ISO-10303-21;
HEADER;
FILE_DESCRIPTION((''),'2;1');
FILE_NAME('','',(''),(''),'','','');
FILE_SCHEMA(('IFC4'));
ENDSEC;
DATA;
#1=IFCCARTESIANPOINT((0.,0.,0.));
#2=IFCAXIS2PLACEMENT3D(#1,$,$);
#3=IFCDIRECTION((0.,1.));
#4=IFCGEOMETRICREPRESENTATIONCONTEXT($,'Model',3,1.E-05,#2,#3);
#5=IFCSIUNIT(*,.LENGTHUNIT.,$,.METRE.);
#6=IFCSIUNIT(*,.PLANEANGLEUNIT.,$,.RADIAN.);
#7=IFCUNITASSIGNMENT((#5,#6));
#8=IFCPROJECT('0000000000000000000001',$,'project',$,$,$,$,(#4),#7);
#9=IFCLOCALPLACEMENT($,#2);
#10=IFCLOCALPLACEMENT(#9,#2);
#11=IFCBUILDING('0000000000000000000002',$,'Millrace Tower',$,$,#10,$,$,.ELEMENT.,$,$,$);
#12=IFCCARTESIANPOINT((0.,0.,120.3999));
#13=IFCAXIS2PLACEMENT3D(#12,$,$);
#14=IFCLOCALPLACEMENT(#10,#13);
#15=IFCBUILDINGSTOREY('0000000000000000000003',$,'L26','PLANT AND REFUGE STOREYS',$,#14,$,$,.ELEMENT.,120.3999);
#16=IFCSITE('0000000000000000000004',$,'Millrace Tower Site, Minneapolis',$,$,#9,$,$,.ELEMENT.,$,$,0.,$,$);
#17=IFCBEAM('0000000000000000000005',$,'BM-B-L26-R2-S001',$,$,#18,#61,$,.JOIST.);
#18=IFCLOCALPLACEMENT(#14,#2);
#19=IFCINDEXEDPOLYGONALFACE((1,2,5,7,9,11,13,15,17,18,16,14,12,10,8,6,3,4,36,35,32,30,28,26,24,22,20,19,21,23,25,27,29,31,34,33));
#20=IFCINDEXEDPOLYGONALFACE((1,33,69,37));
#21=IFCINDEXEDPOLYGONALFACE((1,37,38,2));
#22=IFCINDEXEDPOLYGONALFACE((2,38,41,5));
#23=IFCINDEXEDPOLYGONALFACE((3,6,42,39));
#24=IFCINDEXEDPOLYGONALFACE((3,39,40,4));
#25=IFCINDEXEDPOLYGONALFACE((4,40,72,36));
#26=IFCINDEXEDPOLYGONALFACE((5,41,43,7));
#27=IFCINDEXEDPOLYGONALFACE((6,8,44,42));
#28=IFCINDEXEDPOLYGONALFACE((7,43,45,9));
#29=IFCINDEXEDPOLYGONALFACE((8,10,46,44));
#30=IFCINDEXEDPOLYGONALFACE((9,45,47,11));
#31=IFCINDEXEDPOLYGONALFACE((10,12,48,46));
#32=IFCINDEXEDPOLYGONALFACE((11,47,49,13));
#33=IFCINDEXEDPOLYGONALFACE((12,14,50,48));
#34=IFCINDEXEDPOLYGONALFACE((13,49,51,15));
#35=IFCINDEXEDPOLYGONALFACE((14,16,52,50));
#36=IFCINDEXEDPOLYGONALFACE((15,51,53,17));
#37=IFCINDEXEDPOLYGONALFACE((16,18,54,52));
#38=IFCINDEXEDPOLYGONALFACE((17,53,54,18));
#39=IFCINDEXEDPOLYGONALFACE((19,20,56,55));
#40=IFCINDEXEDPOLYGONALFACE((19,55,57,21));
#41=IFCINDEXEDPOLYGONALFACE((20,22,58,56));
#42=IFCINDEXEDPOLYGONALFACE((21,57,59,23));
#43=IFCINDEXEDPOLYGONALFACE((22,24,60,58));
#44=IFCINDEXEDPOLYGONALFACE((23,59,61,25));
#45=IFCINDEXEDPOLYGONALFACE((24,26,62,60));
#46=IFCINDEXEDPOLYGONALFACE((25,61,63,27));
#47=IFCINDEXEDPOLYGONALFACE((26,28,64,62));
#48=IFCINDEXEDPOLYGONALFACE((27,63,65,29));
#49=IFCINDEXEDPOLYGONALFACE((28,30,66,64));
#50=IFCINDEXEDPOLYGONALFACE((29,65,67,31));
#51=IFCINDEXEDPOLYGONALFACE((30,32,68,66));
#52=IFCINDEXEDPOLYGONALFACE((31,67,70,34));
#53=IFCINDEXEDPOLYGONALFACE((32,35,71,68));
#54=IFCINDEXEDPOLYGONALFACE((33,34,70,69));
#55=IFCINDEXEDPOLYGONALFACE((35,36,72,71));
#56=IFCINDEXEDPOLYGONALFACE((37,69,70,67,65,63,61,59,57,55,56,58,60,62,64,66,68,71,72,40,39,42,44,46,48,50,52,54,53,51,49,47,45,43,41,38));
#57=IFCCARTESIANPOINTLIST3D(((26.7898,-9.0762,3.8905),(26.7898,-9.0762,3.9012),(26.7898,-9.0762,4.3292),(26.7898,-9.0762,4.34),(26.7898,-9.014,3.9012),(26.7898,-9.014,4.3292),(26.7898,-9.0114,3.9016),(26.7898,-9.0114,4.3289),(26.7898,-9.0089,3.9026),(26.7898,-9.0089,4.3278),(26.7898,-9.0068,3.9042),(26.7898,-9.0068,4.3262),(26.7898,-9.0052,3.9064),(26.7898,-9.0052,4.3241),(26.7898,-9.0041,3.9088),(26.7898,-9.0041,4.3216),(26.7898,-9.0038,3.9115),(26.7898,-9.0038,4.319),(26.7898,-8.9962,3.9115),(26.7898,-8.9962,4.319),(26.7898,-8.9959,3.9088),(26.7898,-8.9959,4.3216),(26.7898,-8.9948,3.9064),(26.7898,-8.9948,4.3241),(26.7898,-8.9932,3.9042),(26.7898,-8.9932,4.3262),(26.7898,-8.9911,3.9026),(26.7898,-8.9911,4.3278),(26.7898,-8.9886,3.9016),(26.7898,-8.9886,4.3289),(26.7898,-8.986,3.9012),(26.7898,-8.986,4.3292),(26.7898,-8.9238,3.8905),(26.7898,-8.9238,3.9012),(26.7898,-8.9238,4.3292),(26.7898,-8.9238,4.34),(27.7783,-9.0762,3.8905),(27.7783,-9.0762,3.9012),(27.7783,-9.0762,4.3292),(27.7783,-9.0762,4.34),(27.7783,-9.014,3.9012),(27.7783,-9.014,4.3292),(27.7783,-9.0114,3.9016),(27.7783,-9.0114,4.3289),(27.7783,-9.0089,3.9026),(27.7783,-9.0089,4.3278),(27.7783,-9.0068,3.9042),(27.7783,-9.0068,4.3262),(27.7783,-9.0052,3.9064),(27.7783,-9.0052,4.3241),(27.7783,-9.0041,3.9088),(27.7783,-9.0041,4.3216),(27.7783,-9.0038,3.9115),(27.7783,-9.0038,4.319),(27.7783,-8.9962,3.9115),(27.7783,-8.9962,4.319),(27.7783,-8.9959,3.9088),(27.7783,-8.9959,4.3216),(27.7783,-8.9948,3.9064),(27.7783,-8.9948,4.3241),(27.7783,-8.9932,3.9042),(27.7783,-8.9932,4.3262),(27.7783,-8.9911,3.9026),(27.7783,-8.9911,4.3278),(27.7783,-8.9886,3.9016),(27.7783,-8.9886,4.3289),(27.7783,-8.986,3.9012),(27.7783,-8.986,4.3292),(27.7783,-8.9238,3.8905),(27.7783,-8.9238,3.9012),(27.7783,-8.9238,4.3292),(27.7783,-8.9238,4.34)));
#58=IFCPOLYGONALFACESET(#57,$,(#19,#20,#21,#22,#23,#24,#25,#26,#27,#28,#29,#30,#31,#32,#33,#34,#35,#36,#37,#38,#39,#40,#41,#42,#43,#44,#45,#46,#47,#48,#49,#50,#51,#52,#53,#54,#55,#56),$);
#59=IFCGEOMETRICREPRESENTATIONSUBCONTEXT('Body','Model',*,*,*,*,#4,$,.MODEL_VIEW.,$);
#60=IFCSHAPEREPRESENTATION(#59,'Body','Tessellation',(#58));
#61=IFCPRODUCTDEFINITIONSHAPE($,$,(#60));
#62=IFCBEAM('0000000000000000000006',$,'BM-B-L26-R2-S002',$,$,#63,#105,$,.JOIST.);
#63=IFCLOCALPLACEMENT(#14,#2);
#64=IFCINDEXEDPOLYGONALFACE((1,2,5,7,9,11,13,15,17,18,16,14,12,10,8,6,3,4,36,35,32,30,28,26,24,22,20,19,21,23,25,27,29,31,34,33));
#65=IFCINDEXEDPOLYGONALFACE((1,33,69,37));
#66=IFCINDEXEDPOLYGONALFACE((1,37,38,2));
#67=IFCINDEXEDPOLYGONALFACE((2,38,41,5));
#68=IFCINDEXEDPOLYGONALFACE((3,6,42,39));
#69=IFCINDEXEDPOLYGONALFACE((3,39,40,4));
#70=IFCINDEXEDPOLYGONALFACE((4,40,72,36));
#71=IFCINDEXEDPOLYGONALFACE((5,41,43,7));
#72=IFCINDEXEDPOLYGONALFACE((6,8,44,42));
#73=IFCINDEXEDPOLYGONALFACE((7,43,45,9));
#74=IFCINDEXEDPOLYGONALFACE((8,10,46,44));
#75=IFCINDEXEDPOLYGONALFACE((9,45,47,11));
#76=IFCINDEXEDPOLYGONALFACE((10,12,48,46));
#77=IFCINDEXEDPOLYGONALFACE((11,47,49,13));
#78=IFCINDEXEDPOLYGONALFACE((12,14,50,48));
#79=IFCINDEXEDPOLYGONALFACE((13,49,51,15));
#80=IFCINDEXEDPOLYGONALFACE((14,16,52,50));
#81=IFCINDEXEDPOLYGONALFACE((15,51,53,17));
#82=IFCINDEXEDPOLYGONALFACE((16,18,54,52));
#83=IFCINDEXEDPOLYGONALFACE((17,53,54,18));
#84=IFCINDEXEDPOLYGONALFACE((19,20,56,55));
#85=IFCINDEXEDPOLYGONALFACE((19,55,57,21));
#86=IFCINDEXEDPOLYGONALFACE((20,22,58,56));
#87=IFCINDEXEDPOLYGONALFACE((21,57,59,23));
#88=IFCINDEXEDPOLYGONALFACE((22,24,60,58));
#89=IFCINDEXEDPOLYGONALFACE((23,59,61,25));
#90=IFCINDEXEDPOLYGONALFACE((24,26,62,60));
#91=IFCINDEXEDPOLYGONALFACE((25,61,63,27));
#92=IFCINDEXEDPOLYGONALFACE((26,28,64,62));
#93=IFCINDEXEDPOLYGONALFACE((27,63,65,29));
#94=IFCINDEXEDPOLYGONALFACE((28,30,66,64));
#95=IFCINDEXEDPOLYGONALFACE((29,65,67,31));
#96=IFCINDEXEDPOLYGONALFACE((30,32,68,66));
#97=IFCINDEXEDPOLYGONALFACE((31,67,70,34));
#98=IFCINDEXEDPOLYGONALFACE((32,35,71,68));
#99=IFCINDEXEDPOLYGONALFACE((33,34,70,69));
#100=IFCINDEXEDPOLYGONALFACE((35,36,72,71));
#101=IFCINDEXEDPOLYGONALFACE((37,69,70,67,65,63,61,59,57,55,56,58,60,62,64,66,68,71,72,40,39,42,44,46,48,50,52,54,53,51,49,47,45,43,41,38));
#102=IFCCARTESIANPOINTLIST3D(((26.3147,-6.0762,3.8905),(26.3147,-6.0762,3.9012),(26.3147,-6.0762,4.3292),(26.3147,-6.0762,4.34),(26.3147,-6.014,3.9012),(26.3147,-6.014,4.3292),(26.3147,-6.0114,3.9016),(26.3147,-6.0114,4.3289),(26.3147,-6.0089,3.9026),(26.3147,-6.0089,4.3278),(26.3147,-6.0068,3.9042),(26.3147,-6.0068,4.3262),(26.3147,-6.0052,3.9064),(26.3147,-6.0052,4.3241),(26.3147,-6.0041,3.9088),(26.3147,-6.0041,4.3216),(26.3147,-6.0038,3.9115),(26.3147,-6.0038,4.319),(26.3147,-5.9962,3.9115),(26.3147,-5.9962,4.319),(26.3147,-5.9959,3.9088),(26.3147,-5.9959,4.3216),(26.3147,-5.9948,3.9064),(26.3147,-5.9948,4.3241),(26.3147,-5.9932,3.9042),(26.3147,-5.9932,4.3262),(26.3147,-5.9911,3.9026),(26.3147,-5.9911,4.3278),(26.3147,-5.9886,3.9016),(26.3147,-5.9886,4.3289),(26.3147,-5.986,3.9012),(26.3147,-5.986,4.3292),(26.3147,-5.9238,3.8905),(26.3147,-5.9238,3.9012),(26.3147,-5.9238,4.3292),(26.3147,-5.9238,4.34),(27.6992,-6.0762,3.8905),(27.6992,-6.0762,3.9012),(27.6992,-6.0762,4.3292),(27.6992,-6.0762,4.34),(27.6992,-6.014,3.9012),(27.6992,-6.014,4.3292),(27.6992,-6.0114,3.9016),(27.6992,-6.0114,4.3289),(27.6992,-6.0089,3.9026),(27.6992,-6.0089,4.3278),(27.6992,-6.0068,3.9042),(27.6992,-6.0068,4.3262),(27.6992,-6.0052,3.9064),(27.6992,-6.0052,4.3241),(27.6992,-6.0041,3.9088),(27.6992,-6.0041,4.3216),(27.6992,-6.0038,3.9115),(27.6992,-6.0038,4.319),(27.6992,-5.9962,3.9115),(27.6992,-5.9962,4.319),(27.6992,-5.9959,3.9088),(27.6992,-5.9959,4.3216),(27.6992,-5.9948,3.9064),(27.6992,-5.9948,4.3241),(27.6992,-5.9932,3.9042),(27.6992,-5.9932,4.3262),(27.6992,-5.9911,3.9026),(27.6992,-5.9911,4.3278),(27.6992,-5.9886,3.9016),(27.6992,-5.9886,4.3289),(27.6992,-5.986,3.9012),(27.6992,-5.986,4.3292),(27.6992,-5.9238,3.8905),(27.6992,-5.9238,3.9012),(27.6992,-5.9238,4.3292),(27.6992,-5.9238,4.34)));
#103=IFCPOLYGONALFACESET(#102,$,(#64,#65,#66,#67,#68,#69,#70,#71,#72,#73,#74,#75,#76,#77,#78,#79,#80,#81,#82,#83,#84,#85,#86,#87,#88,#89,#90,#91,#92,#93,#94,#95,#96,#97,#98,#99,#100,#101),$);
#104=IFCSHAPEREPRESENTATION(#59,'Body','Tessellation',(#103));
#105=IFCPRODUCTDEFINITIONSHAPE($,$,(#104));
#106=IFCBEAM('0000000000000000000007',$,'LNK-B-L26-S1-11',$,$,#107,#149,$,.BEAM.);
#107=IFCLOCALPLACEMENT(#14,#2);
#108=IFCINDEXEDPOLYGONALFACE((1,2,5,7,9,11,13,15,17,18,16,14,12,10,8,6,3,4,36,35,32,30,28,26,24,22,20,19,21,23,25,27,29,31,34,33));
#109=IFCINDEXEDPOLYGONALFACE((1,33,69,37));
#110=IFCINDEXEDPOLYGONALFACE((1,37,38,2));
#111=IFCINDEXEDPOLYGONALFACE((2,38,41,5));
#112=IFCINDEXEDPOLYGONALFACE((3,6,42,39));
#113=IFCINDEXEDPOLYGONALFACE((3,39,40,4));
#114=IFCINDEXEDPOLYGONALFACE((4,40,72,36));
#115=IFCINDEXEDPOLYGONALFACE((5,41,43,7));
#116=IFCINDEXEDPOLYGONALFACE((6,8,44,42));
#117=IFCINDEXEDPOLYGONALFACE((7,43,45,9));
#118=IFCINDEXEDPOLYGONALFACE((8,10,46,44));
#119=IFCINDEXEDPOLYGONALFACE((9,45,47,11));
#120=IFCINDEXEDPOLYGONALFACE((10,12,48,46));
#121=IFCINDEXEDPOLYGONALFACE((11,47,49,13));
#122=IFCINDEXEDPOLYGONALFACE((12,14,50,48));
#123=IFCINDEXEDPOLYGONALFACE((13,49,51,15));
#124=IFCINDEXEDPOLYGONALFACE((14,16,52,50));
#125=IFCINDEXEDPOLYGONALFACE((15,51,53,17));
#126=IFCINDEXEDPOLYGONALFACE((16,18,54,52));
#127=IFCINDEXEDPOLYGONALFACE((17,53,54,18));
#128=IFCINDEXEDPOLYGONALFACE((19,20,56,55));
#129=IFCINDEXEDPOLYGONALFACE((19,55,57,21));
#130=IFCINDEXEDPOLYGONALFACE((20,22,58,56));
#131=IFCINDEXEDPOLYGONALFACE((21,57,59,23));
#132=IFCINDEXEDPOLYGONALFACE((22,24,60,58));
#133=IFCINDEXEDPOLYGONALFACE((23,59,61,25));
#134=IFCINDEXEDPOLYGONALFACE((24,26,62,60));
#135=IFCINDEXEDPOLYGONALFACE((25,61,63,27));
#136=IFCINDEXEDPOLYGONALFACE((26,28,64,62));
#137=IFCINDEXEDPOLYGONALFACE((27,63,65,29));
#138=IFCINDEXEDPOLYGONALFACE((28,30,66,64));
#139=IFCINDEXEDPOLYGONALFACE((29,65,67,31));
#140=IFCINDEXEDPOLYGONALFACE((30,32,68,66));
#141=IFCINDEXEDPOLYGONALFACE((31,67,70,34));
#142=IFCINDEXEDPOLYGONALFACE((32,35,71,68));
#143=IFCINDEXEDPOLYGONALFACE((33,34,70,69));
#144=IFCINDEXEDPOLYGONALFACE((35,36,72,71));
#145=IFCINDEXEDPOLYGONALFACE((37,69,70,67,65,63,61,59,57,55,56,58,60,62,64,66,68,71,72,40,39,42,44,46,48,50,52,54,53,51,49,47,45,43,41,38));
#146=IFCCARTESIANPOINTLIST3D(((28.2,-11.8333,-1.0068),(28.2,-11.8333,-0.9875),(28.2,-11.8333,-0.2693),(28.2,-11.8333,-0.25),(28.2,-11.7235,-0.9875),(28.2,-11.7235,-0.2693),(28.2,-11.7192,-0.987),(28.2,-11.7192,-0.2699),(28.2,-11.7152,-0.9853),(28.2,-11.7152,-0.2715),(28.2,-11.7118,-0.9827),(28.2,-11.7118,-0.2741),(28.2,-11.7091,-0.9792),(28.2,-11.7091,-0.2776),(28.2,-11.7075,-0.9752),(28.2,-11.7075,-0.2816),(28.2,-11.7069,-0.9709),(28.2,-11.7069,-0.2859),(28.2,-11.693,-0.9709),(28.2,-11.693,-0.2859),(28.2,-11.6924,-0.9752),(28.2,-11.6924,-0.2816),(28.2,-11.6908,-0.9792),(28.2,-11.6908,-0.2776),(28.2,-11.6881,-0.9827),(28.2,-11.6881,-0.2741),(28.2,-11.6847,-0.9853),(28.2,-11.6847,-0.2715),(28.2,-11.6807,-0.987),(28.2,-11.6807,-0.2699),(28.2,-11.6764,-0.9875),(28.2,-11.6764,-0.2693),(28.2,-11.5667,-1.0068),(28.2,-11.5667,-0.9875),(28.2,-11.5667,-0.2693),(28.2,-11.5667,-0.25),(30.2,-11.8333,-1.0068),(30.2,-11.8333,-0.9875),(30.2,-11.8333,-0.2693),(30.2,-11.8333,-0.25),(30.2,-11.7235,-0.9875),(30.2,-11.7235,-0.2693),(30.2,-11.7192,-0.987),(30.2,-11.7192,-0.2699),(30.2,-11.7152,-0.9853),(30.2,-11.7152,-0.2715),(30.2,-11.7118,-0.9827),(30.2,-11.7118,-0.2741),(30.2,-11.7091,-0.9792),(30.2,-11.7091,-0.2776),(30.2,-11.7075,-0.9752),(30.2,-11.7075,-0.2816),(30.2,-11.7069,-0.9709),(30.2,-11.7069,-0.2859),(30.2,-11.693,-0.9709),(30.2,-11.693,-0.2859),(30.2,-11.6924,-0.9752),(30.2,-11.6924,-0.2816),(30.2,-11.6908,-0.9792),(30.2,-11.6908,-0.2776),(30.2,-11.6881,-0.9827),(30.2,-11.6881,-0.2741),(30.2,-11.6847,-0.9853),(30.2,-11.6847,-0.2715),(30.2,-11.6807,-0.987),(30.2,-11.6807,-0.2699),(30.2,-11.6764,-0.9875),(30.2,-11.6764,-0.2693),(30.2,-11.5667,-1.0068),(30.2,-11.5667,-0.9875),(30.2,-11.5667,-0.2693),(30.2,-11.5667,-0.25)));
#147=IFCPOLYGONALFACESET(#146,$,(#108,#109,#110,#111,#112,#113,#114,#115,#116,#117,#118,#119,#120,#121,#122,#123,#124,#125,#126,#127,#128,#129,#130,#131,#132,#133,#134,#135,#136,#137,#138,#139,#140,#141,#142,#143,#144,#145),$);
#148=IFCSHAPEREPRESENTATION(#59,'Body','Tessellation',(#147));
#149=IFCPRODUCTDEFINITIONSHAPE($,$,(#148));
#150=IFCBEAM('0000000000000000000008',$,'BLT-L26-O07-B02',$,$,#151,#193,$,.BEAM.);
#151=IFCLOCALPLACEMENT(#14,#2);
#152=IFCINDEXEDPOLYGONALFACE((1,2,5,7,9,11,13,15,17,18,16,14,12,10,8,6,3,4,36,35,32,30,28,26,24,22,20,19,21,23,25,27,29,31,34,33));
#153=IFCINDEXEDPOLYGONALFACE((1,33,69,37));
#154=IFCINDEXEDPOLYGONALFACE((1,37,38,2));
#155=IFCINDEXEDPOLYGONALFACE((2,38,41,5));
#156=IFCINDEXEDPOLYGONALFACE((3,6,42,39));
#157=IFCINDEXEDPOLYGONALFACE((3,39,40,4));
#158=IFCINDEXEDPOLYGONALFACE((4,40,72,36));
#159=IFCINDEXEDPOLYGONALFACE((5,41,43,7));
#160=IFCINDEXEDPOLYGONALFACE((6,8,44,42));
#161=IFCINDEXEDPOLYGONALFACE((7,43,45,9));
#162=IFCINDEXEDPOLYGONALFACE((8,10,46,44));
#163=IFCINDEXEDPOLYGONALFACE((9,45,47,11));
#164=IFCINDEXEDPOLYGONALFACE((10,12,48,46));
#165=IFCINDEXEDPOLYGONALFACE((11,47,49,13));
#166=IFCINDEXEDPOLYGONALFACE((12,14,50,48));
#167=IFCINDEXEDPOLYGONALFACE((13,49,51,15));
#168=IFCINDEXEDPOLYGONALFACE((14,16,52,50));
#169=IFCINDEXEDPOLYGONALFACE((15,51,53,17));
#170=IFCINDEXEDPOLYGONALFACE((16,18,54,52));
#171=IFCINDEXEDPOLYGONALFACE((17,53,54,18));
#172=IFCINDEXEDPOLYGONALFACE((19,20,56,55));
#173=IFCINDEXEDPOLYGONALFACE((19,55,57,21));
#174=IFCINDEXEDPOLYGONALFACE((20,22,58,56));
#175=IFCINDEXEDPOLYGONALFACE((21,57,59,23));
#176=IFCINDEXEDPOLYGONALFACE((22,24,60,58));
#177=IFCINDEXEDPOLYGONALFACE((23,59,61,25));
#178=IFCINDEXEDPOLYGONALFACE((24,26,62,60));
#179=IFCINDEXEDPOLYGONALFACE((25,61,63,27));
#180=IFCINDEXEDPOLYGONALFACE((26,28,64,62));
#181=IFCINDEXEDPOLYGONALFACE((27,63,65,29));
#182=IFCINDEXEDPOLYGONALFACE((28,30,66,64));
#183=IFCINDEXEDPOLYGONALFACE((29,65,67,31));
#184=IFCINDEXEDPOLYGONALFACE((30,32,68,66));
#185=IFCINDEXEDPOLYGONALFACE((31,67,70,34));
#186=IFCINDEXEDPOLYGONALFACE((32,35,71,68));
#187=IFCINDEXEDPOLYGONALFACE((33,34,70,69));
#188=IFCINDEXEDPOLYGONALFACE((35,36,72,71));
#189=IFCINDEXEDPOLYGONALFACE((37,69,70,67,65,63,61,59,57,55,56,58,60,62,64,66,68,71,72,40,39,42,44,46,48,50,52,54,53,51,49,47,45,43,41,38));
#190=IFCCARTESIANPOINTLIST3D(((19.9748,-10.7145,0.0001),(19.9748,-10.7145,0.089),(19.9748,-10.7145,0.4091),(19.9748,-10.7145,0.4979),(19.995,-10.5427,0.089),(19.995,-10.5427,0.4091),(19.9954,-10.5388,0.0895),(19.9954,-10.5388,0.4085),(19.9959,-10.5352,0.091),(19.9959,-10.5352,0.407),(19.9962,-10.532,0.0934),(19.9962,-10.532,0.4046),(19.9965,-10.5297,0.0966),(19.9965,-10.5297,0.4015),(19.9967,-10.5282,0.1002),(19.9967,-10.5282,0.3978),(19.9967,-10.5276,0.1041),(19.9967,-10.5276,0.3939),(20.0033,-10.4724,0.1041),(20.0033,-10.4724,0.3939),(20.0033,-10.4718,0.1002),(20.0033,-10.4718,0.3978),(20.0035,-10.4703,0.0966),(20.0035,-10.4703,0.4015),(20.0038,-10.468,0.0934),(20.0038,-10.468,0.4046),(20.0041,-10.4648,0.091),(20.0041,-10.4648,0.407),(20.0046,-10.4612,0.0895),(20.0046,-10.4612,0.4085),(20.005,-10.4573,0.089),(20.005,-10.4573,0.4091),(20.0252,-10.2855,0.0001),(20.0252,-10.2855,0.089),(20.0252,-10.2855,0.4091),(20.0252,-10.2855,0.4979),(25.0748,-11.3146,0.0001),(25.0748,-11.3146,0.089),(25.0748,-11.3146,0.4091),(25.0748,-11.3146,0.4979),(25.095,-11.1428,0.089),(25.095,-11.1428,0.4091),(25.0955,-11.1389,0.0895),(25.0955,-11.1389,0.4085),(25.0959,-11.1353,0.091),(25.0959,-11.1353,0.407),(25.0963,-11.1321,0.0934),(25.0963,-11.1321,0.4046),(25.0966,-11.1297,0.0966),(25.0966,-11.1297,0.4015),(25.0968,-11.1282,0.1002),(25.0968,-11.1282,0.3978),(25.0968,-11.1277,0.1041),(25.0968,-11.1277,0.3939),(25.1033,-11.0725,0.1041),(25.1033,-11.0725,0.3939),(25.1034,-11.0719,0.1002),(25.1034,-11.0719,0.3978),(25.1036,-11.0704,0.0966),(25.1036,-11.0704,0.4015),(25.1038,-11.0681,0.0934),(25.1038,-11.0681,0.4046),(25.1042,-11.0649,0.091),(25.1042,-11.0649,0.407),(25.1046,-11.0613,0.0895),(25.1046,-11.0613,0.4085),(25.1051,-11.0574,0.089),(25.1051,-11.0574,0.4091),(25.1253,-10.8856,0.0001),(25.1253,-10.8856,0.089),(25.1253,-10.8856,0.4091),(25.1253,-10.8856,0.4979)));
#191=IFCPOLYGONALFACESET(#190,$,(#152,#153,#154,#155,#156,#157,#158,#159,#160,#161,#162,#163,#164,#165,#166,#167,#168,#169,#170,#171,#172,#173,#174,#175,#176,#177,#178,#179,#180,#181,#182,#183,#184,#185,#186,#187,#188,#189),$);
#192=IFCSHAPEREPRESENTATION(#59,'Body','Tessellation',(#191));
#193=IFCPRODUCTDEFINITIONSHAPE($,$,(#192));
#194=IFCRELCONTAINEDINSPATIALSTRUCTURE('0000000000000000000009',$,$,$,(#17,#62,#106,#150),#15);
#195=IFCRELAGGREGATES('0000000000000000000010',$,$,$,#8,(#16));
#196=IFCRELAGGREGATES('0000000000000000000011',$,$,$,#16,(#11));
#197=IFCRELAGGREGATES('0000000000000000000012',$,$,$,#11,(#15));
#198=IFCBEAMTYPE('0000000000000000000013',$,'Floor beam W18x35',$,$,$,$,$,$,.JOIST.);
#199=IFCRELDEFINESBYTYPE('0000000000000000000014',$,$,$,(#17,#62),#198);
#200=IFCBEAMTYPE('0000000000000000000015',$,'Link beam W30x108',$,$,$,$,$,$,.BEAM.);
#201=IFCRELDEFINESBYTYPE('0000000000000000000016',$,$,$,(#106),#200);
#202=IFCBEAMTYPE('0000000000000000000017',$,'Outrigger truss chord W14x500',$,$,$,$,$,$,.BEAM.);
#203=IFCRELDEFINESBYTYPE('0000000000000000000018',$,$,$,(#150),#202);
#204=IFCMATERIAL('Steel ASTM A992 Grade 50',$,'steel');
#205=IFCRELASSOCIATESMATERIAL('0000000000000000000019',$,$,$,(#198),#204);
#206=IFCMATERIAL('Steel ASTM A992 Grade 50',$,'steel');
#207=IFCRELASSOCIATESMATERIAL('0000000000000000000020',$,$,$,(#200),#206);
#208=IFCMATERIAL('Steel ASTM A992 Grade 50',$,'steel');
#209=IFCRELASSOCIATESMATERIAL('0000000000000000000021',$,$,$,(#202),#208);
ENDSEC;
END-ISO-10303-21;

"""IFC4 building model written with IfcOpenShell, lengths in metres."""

from ifc_helpers import new_model, si_unit, direction, frame, origin, origin_2d, place, context, subcontext, project, spatial, i_section, extrude, material, material_profile, profile_set, type_object, element, save


model = new_model("IFC4")

# Units and contexts
model_context = context("Model", 3, precision=1e-05, world=origin(), true_north=direction((0.0, 1.0)))
body_context = subcontext(model_context, "Body", "Model", "MODEL_VIEW")
ifc_project = project(units=[si_unit("LENGTHUNIT", "METRE"), si_unit("PLANEANGLEUNIT", "RADIAN")], contexts=[model_context])

# Site, building, storey
site_placement = place(None, origin())
site = spatial("IfcSite", under=ifc_project, at=site_placement, Name="Millrace Tower Site, Minneapolis", CompositionType="ELEMENT", RefElevation=0.0)
building_placement = place(site_placement, origin())
building = spatial("IfcBuilding", under=site, at=building_placement, Name="Millrace Tower", CompositionType="ELEMENT")
storey_placement = place(building_placement, frame((0.0, 0.0, 120.3999)))
storey = spatial("IfcBuildingStorey", under=building, at=storey_placement, Name="L26", Description="PLANT AND REFUGE STOREYS", CompositionType="ELEMENT", Elevation=120.3999)

# Beams
ifc_material_1 = material(Name="Steel ASTM A992 Grade 50", Category="steel")
ifc_material_profile_1 = material_profile(ifc_material_1, i_section(OverallWidth=0.1523, OverallDepth=0.4495, WebThickness=0.0076, FlangeThickness=0.0107, FilletRadius=0.0103, at=origin_2d()))
ifc_profile_set_1 = profile_set([ifc_material_profile_1], Name="Steel ASTM A992 Grade 50")
beam_type_1 = type_object("IfcBeamType", Name="Floor beam W18x35", PredefinedType="JOIST", material=ifc_profile_set_1)
beam_1_placement = place(storey_placement, frame((26.7898, -9.0, 4.1152), z_axis=(1.0, 0.0, 0.0), x_axis=(0.0, 1.0, 0.0)))
element("IfcBeam", 1, at=beam_1_placement, inside=storey, type_object=beam_type_1, Name="BM-B-L26-R2-S001", PredefinedType="JOIST", context=body_context, shape_type="SweptSolid", body=[
    extrude(i_section(OverallWidth=0.1523, OverallDepth=0.4495, WebThickness=0.0076, FlangeThickness=0.0107, FilletRadius=0.0103, at=origin_2d()), origin(), (0.0, 0.0, 1.0), 0.9885),
])
beam_2_placement = place(storey_placement, frame((26.3147, -6.0, 4.1152), z_axis=(1.0, 0.0, 0.0), x_axis=(0.0, 1.0, 0.0)))
element("IfcBeam", 2, at=beam_2_placement, inside=storey, type_object=beam_type_1, Name="BM-B-L26-R2-S002", PredefinedType="JOIST", context=body_context, shape_type="SweptSolid", body=[
    extrude(i_section(OverallWidth=0.1523, OverallDepth=0.4495, WebThickness=0.0076, FlangeThickness=0.0107, FilletRadius=0.0103, at=origin_2d()), origin(), (0.0, 0.0, 1.0), 1.3845),
])
ifc_material_2 = material(Name="Steel ASTM A992 Grade 50", Category="steel")
ifc_material_profile_2 = material_profile(ifc_material_2, i_section(OverallWidth=0.2666, OverallDepth=0.7568, WebThickness=0.0139, FlangeThickness=0.0193, FilletRadius=0.0166, at=origin_2d()))
ifc_profile_set_2 = profile_set([ifc_material_profile_2], Name="Steel ASTM A992 Grade 50")
beam_type_2 = type_object("IfcBeamType", Name="Link beam W30x108", PredefinedType="BEAM", material=ifc_profile_set_2)
beam_3_placement = place(storey_placement, frame((28.2, -11.7, -0.6284), z_axis=(1.0, 0.0, 0.0), x_axis=(0.0, 1.0, 0.0)))
element("IfcBeam", 3, at=beam_3_placement, inside=storey, type_object=beam_type_2, Name="LNK-B-L26-S1-11", PredefinedType="BEAM", context=body_context, shape_type="SweptSolid", body=[
    extrude(i_section(OverallWidth=0.2666, OverallDepth=0.7568, WebThickness=0.0139, FlangeThickness=0.0193, FilletRadius=0.0166, at=origin_2d()), origin(), (0.0, 0.0, 1.0), 2.0),
])
ifc_material_3 = material(Name="Steel ASTM A992 Grade 50", Category="steel")
ifc_material_profile_3 = material_profile(ifc_material_3, i_section(OverallWidth=0.4319, OverallDepth=0.4978, WebThickness=0.0557, FlangeThickness=0.0889, FilletRadius=0.0151, at=origin_2d()))
ifc_profile_set_3 = profile_set([ifc_material_profile_3], Name="Steel ASTM A992 Grade 50")
beam_type_3 = type_object("IfcBeamType", Name="Outrigger truss chord W14x500", PredefinedType="BEAM", material=ifc_profile_set_3)
for number, where, z_axis, x_axis, name in (
    (4, (20.0, -10.5, 0.249), (0.993149, -0.116858, 0.0), (0.116858, 0.993149, 0.0), "BLT-L26-O07-B02"),
):
    element("IfcBeam", number, at=place(storey_placement, frame(where, z_axis=z_axis, x_axis=x_axis)), inside=storey, type_object=beam_type_3, Name=name, PredefinedType="BEAM", context=body_context, shape_type="SweptSolid", body=[
        extrude(i_section(OverallWidth=0.4319, OverallDepth=0.4978, WebThickness=0.0557, FlangeThickness=0.0889, FilletRadius=0.0151, at=origin_2d()), origin(), (0.0, 0.0, 1.0), 5.1353),
    ])

save(model, "model.ifc")
